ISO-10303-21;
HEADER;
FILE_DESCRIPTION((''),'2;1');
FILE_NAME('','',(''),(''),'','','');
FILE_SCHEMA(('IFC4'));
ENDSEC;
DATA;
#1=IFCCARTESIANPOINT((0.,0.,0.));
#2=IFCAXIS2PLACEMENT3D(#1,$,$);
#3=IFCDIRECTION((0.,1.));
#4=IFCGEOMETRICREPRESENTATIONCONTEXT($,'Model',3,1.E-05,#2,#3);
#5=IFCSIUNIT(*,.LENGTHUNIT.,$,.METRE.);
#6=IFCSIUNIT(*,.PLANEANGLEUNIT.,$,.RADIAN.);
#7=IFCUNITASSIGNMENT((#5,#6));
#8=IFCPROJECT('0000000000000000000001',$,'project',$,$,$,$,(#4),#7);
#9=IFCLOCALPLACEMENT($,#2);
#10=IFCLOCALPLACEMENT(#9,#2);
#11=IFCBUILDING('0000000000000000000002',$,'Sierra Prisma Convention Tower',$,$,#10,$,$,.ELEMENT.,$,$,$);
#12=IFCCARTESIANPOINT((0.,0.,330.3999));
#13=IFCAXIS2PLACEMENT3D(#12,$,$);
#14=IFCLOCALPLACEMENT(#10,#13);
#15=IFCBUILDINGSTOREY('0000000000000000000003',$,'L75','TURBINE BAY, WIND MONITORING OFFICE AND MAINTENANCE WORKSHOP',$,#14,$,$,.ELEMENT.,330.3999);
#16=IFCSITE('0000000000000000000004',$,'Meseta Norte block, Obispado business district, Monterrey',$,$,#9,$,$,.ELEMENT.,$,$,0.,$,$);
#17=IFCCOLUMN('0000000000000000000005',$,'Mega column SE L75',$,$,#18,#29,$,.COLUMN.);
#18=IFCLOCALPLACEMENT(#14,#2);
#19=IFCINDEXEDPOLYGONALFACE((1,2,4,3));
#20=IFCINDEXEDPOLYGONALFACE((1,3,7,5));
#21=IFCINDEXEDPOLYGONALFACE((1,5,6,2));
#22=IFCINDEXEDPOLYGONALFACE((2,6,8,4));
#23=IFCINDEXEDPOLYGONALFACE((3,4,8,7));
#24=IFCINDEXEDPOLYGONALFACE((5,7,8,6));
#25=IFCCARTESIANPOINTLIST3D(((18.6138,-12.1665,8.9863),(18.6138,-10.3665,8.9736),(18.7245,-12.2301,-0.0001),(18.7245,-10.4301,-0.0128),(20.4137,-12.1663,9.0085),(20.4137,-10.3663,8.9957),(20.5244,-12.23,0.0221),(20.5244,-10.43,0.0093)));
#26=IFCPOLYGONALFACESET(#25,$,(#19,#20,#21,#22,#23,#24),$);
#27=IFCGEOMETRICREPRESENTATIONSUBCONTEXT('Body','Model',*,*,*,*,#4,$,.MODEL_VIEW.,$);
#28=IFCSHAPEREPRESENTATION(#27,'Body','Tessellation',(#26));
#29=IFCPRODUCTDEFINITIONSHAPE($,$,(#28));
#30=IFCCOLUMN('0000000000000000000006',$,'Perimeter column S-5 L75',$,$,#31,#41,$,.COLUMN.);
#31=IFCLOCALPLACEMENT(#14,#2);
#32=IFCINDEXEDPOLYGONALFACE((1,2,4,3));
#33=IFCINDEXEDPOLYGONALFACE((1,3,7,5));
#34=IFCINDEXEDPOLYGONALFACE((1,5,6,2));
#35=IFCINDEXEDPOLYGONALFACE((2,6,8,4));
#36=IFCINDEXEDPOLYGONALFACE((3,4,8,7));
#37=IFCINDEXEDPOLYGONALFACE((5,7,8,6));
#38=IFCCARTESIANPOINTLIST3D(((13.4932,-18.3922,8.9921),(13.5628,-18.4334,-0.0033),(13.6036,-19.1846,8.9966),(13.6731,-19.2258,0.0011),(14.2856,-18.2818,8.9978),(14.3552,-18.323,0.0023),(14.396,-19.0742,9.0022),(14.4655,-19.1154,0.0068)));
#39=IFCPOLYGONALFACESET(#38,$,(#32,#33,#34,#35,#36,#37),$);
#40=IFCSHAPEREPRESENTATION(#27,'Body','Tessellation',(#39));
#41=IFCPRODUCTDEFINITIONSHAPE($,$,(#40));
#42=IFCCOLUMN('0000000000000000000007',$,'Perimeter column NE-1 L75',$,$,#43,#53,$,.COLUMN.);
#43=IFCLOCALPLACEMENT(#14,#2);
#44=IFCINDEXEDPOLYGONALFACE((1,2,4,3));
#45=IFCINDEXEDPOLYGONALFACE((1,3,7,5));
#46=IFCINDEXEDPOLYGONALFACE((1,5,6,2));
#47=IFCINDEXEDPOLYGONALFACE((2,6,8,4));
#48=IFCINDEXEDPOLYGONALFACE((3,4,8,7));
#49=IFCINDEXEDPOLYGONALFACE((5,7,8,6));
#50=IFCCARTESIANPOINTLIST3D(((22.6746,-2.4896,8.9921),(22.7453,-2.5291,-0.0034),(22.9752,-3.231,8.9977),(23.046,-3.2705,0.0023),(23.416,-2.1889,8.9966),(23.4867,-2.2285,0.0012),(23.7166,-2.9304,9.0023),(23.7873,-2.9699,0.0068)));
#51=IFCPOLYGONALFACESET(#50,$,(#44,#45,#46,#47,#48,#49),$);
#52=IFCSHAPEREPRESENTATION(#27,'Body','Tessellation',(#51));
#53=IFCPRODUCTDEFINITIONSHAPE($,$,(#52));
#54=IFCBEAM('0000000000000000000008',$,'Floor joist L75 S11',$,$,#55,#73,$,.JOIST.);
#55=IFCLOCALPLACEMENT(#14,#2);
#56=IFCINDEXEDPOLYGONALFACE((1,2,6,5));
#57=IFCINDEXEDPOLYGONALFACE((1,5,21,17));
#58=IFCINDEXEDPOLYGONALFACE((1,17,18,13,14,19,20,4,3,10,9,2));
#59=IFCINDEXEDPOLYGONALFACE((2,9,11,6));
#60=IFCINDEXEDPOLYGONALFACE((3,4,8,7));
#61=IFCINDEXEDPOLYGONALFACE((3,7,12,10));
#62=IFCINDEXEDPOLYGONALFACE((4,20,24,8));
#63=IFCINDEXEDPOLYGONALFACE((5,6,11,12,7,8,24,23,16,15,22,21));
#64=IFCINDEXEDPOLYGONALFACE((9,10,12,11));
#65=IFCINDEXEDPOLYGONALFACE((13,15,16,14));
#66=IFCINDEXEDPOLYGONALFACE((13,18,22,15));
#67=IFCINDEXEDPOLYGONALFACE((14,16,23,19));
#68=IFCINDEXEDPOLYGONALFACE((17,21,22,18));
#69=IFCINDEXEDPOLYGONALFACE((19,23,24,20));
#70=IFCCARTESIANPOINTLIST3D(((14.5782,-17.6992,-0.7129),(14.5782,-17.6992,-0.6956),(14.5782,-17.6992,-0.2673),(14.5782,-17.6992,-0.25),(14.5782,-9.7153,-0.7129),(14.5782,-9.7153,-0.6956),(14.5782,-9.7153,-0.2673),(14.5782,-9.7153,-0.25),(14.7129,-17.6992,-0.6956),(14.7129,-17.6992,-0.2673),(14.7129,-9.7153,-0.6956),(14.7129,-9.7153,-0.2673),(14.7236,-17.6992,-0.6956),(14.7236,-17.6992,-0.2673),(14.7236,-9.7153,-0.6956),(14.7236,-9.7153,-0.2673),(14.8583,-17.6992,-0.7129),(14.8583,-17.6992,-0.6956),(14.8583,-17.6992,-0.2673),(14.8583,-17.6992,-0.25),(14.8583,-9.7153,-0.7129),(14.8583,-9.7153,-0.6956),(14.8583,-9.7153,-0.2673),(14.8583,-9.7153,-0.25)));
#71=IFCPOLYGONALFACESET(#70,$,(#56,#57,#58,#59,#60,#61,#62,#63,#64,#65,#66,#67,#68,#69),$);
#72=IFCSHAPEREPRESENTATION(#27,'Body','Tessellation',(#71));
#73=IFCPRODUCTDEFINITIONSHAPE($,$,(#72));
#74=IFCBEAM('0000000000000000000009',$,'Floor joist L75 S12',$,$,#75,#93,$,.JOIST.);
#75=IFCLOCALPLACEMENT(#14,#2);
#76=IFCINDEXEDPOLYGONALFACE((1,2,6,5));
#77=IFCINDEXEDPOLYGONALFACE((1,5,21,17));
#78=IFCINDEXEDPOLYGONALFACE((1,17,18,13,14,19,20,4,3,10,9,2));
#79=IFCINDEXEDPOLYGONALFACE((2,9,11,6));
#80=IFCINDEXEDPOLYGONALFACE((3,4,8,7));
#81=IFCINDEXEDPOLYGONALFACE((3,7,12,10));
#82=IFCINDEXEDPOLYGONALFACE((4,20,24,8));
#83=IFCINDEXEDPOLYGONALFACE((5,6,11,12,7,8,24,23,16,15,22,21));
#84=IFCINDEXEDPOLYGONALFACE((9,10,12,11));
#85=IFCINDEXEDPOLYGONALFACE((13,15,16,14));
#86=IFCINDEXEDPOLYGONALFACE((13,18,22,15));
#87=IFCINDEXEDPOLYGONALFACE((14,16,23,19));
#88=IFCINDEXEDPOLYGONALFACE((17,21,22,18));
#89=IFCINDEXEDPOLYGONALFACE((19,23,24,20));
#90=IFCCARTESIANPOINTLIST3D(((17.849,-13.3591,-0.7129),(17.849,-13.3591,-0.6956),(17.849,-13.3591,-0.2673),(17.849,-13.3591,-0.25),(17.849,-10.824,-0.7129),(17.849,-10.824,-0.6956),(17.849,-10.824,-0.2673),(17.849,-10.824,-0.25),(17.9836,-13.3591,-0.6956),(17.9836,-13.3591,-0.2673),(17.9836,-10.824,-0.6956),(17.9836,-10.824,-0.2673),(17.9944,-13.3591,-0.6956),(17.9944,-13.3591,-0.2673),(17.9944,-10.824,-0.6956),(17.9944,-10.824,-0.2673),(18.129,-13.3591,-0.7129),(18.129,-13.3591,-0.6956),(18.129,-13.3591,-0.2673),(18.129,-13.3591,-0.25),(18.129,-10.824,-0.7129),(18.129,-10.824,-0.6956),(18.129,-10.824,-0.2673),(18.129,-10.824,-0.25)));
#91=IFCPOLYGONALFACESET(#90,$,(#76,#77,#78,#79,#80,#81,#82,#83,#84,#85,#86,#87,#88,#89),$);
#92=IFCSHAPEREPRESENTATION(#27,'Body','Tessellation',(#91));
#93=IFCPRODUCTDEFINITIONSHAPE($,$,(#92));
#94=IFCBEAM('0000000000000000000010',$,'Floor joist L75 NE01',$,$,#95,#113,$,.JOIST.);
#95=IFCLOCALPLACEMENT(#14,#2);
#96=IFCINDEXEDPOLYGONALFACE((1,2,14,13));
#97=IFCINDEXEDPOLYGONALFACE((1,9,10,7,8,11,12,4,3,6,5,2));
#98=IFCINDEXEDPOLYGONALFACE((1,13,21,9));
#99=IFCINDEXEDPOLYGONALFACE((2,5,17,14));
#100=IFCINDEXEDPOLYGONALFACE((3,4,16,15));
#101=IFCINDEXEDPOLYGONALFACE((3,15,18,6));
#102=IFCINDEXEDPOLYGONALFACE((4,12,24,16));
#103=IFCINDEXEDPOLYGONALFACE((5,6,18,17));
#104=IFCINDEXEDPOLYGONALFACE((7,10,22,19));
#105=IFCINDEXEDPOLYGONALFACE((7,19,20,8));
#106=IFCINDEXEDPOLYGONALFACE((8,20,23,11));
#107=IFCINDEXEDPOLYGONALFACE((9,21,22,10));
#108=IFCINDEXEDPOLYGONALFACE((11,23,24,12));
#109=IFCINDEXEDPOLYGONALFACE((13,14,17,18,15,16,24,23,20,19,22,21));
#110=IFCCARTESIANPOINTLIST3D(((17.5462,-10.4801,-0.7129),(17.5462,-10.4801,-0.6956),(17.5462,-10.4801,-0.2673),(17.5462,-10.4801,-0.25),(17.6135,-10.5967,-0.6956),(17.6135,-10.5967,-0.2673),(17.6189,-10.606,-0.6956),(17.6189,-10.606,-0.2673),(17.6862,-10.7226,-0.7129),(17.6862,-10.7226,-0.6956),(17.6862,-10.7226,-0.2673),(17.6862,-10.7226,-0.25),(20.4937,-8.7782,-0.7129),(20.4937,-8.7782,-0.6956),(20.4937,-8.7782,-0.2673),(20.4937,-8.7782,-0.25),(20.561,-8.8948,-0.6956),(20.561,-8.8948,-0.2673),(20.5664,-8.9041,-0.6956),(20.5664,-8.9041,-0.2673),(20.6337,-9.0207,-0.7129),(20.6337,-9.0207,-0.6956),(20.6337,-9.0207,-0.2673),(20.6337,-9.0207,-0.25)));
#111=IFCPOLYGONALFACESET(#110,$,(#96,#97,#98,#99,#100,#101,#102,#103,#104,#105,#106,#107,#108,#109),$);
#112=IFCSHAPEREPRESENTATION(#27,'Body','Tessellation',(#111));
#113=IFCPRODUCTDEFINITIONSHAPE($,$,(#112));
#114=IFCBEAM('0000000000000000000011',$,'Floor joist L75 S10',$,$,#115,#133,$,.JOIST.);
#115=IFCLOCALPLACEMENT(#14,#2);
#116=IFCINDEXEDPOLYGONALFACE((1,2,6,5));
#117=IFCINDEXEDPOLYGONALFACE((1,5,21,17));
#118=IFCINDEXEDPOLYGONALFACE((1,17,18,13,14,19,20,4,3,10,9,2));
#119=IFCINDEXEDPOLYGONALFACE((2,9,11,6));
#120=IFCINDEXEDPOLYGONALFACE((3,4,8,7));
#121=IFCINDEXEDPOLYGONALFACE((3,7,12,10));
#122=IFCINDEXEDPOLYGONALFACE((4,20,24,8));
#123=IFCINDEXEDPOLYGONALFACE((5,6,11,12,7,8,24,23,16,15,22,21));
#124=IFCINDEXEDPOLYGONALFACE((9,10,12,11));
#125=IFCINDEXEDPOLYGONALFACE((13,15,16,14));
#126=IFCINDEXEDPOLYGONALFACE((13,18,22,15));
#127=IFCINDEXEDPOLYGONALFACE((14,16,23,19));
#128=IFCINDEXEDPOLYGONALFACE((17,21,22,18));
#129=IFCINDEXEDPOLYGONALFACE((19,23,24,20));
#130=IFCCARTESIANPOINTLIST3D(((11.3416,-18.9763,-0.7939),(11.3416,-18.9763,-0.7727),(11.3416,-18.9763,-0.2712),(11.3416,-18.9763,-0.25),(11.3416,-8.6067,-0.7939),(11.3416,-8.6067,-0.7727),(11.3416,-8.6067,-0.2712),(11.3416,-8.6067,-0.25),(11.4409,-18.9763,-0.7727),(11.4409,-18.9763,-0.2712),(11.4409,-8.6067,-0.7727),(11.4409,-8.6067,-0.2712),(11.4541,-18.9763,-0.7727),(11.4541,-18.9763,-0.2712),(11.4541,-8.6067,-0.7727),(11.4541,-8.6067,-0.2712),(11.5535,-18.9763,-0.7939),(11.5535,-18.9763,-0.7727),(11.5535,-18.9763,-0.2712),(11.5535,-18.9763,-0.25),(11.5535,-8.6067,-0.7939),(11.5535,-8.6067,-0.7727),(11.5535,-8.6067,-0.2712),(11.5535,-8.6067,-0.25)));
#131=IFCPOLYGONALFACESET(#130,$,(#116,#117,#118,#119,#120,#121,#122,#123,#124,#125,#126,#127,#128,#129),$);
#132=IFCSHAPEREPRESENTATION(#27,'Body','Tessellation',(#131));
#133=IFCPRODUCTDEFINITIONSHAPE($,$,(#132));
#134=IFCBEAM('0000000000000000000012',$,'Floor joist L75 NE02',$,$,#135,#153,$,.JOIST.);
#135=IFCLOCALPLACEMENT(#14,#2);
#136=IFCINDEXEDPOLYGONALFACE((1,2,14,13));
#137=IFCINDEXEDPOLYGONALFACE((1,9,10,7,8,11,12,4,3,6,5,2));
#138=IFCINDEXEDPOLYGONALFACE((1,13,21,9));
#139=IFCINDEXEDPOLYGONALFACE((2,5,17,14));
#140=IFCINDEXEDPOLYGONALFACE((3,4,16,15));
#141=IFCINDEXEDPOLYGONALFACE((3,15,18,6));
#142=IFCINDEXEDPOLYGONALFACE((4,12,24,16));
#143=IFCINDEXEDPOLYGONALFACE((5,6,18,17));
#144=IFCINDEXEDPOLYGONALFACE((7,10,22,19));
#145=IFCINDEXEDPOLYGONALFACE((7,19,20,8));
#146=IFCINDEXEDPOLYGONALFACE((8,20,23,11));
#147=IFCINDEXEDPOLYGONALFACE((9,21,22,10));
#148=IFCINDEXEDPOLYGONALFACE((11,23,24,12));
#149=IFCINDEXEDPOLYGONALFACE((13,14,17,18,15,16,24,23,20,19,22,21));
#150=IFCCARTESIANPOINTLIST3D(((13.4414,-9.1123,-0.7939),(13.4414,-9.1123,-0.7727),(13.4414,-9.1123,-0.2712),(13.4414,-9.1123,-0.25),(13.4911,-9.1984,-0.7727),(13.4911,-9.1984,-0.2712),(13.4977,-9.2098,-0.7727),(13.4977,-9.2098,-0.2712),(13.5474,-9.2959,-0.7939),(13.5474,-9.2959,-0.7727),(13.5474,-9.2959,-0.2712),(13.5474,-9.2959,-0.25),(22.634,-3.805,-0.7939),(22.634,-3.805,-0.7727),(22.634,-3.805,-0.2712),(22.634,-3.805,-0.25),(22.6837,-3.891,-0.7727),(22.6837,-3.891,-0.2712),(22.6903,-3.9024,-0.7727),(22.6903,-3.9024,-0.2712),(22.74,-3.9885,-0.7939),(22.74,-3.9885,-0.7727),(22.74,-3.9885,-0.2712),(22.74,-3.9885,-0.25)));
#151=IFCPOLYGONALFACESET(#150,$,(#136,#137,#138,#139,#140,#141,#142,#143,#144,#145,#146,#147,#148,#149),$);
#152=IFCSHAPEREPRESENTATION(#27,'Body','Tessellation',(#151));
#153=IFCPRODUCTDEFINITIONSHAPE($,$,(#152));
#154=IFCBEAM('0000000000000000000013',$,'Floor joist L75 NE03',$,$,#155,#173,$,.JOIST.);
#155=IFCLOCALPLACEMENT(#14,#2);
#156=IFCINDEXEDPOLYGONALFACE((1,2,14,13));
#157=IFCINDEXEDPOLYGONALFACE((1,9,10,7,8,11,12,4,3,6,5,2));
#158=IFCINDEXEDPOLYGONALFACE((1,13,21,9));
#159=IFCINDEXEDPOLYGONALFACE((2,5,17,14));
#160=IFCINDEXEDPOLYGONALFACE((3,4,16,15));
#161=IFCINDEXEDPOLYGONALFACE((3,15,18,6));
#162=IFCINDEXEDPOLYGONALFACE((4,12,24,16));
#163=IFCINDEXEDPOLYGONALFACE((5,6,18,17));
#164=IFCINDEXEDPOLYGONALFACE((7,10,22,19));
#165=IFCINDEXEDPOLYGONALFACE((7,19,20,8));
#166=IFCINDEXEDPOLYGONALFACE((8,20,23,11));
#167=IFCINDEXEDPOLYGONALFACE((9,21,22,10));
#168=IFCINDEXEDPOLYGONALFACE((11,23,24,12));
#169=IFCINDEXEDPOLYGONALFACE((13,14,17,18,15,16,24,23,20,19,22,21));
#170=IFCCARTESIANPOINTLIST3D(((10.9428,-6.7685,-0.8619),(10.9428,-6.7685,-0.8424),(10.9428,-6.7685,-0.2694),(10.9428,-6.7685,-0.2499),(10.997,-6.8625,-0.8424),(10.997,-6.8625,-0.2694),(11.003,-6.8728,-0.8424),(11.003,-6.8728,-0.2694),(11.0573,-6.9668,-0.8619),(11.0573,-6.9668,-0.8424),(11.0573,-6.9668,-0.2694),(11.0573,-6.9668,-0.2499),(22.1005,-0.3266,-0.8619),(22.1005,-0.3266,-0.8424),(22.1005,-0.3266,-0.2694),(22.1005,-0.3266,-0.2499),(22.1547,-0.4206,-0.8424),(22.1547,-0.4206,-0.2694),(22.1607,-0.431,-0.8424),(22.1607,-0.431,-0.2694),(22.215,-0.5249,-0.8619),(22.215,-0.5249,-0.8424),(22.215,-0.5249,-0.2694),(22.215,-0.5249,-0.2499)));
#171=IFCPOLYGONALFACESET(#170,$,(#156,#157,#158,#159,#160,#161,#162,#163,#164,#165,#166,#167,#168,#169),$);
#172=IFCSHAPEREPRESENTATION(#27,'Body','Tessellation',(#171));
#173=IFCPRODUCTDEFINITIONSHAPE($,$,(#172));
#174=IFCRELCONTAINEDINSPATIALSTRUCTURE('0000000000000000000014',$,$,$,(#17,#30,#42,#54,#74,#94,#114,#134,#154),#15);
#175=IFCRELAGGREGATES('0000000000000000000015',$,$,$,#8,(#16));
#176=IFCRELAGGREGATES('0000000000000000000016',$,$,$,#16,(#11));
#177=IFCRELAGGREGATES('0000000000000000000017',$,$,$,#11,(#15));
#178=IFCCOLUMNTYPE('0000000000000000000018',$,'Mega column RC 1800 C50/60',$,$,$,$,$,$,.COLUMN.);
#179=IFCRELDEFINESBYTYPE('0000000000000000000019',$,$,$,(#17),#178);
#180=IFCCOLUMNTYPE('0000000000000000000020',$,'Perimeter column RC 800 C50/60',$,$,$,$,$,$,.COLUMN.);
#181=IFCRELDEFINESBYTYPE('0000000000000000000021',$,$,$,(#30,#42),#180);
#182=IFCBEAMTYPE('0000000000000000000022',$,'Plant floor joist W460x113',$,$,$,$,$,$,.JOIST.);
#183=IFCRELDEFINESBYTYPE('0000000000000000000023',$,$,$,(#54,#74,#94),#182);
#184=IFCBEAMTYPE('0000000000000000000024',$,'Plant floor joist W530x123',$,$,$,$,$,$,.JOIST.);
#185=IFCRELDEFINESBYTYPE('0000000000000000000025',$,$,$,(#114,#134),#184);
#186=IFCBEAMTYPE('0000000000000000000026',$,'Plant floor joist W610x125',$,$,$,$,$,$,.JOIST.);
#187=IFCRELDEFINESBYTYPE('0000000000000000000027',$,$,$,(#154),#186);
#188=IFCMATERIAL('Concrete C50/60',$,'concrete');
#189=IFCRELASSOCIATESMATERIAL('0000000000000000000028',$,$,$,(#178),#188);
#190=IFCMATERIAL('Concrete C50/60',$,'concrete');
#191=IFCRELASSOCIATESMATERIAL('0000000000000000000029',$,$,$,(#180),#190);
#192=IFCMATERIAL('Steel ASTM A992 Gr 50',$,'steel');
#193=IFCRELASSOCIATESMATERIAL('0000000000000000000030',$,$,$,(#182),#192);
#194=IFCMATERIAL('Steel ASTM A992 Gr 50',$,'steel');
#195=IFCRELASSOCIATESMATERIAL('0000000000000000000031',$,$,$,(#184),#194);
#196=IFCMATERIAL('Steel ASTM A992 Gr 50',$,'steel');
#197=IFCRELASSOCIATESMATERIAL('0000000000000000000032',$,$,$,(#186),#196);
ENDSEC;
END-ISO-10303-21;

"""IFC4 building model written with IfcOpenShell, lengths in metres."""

from ifc_helpers import new_model, si_unit, direction, frame, origin, origin_2d, place, context, subcontext, project, spatial, rectangle, i_section, extrude, clip, halfspace, material, material_profile, profile_set, type_object, element, save


model = new_model("IFC4")

# Units and contexts
model_context = context("Model", 3, precision=1e-05, world=origin(), true_north=direction((0.0, 1.0)))
body_context = subcontext(model_context, "Body", "Model", "MODEL_VIEW")
ifc_project = project(units=[si_unit("LENGTHUNIT", "METRE"), si_unit("PLANEANGLEUNIT", "RADIAN")], contexts=[model_context])

# Site, building, storey
site_placement = place(None, origin())
site = spatial("IfcSite", under=ifc_project, at=site_placement, Name="Meseta Norte block, Obispado business district, Monterrey", CompositionType="ELEMENT", RefElevation=0.0)
building_placement = place(site_placement, origin())
building = spatial("IfcBuilding", under=site, at=building_placement, Name="Sierra Prisma Convention Tower", CompositionType="ELEMENT")
storey_placement = place(building_placement, frame((0.0, 0.0, 330.3999)))
storey = spatial("IfcBuildingStorey", under=building, at=storey_placement, Name="L75", Description="TURBINE BAY, WIND MONITORING OFFICE AND MAINTENANCE WORKSHOP", CompositionType="ELEMENT", Elevation=330.3999)

# Columns
ifc_material_1 = material(Name="Concrete C50/60", Category="concrete")
ifc_material_profile_1 = material_profile(ifc_material_1, rectangle(XDim=1.8, YDim=1.8, at=origin_2d()), Name="Mega column RC 1800 C50/60")
ifc_profile_set_1 = profile_set([ifc_material_profile_1], Name="Concrete C50/60")
column_type_1 = type_object("IfcColumnType", Name="Mega column RC 1800 C50/60", PredefinedType="COLUMN", material=ifc_profile_set_1)
column_placement = place(storey_placement, frame((19.6245, -11.3301, 0.0), z_axis=(-0.012314, 0.007079, 0.999899), x_axis=(0.999924, 0.000087, 0.012314)))
element("IfcColumn", 1, at=column_placement, inside=storey, type_object=column_type_1, Name="Mega column SE L75", PredefinedType="COLUMN", context=body_context, shape_type="SweptSolid", body=[
    clip(clip(extrude(rectangle(XDim=1.8, YDim=1.8, at=origin_2d()), origin(), (0.0, 0.0, 1.0), 9.001), halfspace(frame((0.0, 0.0, 0.0046)), True)), halfspace(frame((0.0, 0.0, 8.9919)), False)),
])
ifc_material_2 = material(Name="Concrete C50/60", Category="concrete")
ifc_material_profile_2 = material_profile(ifc_material_2, rectangle(XDim=0.8, YDim=0.8, at=origin_2d()), Name="Perimeter column RC 800 C50/60")
ifc_profile_set_2 = profile_set([ifc_material_profile_2], Name="Concrete C50/60")
column_type_2 = type_object("IfcColumnType", Name="Perimeter column RC 800 C50/60", PredefinedType="COLUMN", material=ifc_profile_set_2)
for number, where, z_axis, x_axis, name in (
    (2, (14.0142, -18.7744, 0.0), (-0.007731, 0.004584, 0.99996), (0.99041, 0.137978, 0.007024), "Perimeter column S-5 L75"),
    (3, (23.2664, -2.7495, 0.0), (-0.007866, 0.004394, 0.999959), (-0.375745, 0.926696, -0.007028), "Perimeter column NE-1 L75"),
):
    element("IfcColumn", number, at=place(storey_placement, frame(where, z_axis=z_axis, x_axis=x_axis)), inside=storey, type_object=column_type_2, Name=name, PredefinedType="COLUMN", context=body_context, shape_type="SweptSolid", body=[
        clip(clip(extrude(rectangle(XDim=0.8, YDim=0.8, at=origin_2d()), origin(), (0.0, 0.0, 1.0), 9.0002), halfspace(frame((0.0, 0.0, 0.0017)), True)), halfspace(frame((0.0, 0.0, 8.9976)), False)),
    ])

# Beams
ifc_material_3 = material(Name="Steel ASTM A992 Gr 50", Category="steel")
ifc_material_profile_3 = material_profile(ifc_material_3, i_section(OverallWidth=0.28, OverallDepth=0.4629, WebThickness=0.0107, FlangeThickness=0.0173, at=origin_2d()), Name="W460x113")
ifc_profile_set_3 = profile_set([ifc_material_profile_3], Name="Steel ASTM A992 Gr 50")
beam_type_1 = type_object("IfcBeamType", Name="Plant floor joist W460x113", PredefinedType="JOIST", material=ifc_profile_set_3)
beam_1_placement = place(storey_placement, frame((14.7183, -17.6992, -0.4814), z_axis=(0.0, 1.0, 0.0), x_axis=(-1.0, 0.0, 0.0)))
element("IfcBeam", 4, at=beam_1_placement, inside=storey, type_object=beam_type_1, Name="Floor joist L75 S11", PredefinedType="JOIST", context=body_context, shape_type="SweptSolid", body=[
    extrude(i_section(OverallWidth=0.28, OverallDepth=0.4629, WebThickness=0.0107, FlangeThickness=0.0173, at=origin_2d()), origin(), (0.0, 0.0, 1.0), 7.9839),
])
beam_2_placement = place(storey_placement, frame((17.989, -13.3591, -0.4814), z_axis=(0.0, 1.0, 0.0), x_axis=(-1.0, 0.0, 0.0)))
element("IfcBeam", 5, at=beam_2_placement, inside=storey, type_object=beam_type_1, Name="Floor joist L75 S12", PredefinedType="JOIST", context=body_context, shape_type="SweptSolid", body=[
    extrude(i_section(OverallWidth=0.28, OverallDepth=0.4629, WebThickness=0.0107, FlangeThickness=0.0173, at=origin_2d()), origin(), (0.0, 0.0, 1.0), 2.5352),
])
beam_3_placement = place(storey_placement, frame((20.5637, -8.8994, -0.4814), z_axis=(-0.866005, -0.500035, 0.0), x_axis=(0.500035, -0.866005, 0.0)))
element("IfcBeam", 6, at=beam_3_placement, inside=storey, type_object=beam_type_1, Name="Floor joist L75 NE01", PredefinedType="JOIST", context=body_context, shape_type="SweptSolid", body=[
    extrude(i_section(OverallWidth=0.28, OverallDepth=0.4629, WebThickness=0.0107, FlangeThickness=0.0173, at=origin_2d()), origin(), (0.0, 0.0, 1.0), 3.4036),
])
ifc_material_4 = material(Name="Steel ASTM A992 Gr 50", Category="steel")
ifc_material_profile_4 = material_profile(ifc_material_4, i_section(OverallWidth=0.2119, OverallDepth=0.5439, WebThickness=0.0132, FlangeThickness=0.0212, at=origin_2d()), Name="W530x123")
ifc_profile_set_4 = profile_set([ifc_material_profile_4], Name="Steel ASTM A992 Gr 50")
beam_type_2 = type_object("IfcBeamType", Name="Plant floor joist W530x123", PredefinedType="JOIST", material=ifc_profile_set_4)
beam_4_placement = place(storey_placement, frame((11.4475, -18.9763, -0.522), z_axis=(0.0, 1.0, 0.0), x_axis=(-1.0, 0.0, 0.0)))
element("IfcBeam", 7, at=beam_4_placement, inside=storey, type_object=beam_type_2, Name="Floor joist L75 S10", PredefinedType="JOIST", context=body_context, shape_type="SweptSolid", body=[
    extrude(i_section(OverallWidth=0.2119, OverallDepth=0.5439, WebThickness=0.0132, FlangeThickness=0.0212, at=origin_2d()), origin(), (0.0, 0.0, 1.0), 10.3696),
])
beam_5_placement = place(storey_placement, frame((22.687, -3.8967, -0.522), z_axis=(-0.866025, -0.500001, 0.0), x_axis=(0.500001, -0.866025, 0.0)))
element("IfcBeam", 8, at=beam_5_placement, inside=storey, type_object=beam_type_2, Name="Floor joist L75 NE02", PredefinedType="JOIST", context=body_context, shape_type="SweptSolid", body=[
    extrude(i_section(OverallWidth=0.2119, OverallDepth=0.5439, WebThickness=0.0132, FlangeThickness=0.0212, at=origin_2d()), origin(), (0.0, 0.0, 1.0), 10.6147),
])
ifc_material_5 = material(Name="Steel ASTM A992 Gr 50", Category="steel")
ifc_material_profile_5 = material_profile(ifc_material_5, i_section(OverallWidth=0.229, OverallDepth=0.6121, WebThickness=0.012, FlangeThickness=0.0195, at=origin_2d()), Name="W610x125")
ifc_profile_set_5 = profile_set([ifc_material_profile_5], Name="Steel ASTM A992 Gr 50")
beam_type_3 = type_object("IfcBeamType", Name="Plant floor joist W610x125", PredefinedType="JOIST", material=ifc_profile_set_5)
beam_6_placement = place(storey_placement, frame((22.1577, -0.4258, -0.5559), z_axis=(-0.866026, -0.499999, 0.0), x_axis=(0.499999, -0.866026, 0.0)))
element("IfcBeam", 9, at=beam_6_placement, inside=storey, type_object=beam_type_3, Name="Floor joist L75 NE03", PredefinedType="JOIST", context=body_context, shape_type="SweptSolid", body=[
    extrude(i_section(OverallWidth=0.229, OverallDepth=0.6121, WebThickness=0.012, FlangeThickness=0.0195, at=origin_2d()), origin(), (0.0, 0.0, 1.0), 12.8838),
])

save(model, "model.ifc")
